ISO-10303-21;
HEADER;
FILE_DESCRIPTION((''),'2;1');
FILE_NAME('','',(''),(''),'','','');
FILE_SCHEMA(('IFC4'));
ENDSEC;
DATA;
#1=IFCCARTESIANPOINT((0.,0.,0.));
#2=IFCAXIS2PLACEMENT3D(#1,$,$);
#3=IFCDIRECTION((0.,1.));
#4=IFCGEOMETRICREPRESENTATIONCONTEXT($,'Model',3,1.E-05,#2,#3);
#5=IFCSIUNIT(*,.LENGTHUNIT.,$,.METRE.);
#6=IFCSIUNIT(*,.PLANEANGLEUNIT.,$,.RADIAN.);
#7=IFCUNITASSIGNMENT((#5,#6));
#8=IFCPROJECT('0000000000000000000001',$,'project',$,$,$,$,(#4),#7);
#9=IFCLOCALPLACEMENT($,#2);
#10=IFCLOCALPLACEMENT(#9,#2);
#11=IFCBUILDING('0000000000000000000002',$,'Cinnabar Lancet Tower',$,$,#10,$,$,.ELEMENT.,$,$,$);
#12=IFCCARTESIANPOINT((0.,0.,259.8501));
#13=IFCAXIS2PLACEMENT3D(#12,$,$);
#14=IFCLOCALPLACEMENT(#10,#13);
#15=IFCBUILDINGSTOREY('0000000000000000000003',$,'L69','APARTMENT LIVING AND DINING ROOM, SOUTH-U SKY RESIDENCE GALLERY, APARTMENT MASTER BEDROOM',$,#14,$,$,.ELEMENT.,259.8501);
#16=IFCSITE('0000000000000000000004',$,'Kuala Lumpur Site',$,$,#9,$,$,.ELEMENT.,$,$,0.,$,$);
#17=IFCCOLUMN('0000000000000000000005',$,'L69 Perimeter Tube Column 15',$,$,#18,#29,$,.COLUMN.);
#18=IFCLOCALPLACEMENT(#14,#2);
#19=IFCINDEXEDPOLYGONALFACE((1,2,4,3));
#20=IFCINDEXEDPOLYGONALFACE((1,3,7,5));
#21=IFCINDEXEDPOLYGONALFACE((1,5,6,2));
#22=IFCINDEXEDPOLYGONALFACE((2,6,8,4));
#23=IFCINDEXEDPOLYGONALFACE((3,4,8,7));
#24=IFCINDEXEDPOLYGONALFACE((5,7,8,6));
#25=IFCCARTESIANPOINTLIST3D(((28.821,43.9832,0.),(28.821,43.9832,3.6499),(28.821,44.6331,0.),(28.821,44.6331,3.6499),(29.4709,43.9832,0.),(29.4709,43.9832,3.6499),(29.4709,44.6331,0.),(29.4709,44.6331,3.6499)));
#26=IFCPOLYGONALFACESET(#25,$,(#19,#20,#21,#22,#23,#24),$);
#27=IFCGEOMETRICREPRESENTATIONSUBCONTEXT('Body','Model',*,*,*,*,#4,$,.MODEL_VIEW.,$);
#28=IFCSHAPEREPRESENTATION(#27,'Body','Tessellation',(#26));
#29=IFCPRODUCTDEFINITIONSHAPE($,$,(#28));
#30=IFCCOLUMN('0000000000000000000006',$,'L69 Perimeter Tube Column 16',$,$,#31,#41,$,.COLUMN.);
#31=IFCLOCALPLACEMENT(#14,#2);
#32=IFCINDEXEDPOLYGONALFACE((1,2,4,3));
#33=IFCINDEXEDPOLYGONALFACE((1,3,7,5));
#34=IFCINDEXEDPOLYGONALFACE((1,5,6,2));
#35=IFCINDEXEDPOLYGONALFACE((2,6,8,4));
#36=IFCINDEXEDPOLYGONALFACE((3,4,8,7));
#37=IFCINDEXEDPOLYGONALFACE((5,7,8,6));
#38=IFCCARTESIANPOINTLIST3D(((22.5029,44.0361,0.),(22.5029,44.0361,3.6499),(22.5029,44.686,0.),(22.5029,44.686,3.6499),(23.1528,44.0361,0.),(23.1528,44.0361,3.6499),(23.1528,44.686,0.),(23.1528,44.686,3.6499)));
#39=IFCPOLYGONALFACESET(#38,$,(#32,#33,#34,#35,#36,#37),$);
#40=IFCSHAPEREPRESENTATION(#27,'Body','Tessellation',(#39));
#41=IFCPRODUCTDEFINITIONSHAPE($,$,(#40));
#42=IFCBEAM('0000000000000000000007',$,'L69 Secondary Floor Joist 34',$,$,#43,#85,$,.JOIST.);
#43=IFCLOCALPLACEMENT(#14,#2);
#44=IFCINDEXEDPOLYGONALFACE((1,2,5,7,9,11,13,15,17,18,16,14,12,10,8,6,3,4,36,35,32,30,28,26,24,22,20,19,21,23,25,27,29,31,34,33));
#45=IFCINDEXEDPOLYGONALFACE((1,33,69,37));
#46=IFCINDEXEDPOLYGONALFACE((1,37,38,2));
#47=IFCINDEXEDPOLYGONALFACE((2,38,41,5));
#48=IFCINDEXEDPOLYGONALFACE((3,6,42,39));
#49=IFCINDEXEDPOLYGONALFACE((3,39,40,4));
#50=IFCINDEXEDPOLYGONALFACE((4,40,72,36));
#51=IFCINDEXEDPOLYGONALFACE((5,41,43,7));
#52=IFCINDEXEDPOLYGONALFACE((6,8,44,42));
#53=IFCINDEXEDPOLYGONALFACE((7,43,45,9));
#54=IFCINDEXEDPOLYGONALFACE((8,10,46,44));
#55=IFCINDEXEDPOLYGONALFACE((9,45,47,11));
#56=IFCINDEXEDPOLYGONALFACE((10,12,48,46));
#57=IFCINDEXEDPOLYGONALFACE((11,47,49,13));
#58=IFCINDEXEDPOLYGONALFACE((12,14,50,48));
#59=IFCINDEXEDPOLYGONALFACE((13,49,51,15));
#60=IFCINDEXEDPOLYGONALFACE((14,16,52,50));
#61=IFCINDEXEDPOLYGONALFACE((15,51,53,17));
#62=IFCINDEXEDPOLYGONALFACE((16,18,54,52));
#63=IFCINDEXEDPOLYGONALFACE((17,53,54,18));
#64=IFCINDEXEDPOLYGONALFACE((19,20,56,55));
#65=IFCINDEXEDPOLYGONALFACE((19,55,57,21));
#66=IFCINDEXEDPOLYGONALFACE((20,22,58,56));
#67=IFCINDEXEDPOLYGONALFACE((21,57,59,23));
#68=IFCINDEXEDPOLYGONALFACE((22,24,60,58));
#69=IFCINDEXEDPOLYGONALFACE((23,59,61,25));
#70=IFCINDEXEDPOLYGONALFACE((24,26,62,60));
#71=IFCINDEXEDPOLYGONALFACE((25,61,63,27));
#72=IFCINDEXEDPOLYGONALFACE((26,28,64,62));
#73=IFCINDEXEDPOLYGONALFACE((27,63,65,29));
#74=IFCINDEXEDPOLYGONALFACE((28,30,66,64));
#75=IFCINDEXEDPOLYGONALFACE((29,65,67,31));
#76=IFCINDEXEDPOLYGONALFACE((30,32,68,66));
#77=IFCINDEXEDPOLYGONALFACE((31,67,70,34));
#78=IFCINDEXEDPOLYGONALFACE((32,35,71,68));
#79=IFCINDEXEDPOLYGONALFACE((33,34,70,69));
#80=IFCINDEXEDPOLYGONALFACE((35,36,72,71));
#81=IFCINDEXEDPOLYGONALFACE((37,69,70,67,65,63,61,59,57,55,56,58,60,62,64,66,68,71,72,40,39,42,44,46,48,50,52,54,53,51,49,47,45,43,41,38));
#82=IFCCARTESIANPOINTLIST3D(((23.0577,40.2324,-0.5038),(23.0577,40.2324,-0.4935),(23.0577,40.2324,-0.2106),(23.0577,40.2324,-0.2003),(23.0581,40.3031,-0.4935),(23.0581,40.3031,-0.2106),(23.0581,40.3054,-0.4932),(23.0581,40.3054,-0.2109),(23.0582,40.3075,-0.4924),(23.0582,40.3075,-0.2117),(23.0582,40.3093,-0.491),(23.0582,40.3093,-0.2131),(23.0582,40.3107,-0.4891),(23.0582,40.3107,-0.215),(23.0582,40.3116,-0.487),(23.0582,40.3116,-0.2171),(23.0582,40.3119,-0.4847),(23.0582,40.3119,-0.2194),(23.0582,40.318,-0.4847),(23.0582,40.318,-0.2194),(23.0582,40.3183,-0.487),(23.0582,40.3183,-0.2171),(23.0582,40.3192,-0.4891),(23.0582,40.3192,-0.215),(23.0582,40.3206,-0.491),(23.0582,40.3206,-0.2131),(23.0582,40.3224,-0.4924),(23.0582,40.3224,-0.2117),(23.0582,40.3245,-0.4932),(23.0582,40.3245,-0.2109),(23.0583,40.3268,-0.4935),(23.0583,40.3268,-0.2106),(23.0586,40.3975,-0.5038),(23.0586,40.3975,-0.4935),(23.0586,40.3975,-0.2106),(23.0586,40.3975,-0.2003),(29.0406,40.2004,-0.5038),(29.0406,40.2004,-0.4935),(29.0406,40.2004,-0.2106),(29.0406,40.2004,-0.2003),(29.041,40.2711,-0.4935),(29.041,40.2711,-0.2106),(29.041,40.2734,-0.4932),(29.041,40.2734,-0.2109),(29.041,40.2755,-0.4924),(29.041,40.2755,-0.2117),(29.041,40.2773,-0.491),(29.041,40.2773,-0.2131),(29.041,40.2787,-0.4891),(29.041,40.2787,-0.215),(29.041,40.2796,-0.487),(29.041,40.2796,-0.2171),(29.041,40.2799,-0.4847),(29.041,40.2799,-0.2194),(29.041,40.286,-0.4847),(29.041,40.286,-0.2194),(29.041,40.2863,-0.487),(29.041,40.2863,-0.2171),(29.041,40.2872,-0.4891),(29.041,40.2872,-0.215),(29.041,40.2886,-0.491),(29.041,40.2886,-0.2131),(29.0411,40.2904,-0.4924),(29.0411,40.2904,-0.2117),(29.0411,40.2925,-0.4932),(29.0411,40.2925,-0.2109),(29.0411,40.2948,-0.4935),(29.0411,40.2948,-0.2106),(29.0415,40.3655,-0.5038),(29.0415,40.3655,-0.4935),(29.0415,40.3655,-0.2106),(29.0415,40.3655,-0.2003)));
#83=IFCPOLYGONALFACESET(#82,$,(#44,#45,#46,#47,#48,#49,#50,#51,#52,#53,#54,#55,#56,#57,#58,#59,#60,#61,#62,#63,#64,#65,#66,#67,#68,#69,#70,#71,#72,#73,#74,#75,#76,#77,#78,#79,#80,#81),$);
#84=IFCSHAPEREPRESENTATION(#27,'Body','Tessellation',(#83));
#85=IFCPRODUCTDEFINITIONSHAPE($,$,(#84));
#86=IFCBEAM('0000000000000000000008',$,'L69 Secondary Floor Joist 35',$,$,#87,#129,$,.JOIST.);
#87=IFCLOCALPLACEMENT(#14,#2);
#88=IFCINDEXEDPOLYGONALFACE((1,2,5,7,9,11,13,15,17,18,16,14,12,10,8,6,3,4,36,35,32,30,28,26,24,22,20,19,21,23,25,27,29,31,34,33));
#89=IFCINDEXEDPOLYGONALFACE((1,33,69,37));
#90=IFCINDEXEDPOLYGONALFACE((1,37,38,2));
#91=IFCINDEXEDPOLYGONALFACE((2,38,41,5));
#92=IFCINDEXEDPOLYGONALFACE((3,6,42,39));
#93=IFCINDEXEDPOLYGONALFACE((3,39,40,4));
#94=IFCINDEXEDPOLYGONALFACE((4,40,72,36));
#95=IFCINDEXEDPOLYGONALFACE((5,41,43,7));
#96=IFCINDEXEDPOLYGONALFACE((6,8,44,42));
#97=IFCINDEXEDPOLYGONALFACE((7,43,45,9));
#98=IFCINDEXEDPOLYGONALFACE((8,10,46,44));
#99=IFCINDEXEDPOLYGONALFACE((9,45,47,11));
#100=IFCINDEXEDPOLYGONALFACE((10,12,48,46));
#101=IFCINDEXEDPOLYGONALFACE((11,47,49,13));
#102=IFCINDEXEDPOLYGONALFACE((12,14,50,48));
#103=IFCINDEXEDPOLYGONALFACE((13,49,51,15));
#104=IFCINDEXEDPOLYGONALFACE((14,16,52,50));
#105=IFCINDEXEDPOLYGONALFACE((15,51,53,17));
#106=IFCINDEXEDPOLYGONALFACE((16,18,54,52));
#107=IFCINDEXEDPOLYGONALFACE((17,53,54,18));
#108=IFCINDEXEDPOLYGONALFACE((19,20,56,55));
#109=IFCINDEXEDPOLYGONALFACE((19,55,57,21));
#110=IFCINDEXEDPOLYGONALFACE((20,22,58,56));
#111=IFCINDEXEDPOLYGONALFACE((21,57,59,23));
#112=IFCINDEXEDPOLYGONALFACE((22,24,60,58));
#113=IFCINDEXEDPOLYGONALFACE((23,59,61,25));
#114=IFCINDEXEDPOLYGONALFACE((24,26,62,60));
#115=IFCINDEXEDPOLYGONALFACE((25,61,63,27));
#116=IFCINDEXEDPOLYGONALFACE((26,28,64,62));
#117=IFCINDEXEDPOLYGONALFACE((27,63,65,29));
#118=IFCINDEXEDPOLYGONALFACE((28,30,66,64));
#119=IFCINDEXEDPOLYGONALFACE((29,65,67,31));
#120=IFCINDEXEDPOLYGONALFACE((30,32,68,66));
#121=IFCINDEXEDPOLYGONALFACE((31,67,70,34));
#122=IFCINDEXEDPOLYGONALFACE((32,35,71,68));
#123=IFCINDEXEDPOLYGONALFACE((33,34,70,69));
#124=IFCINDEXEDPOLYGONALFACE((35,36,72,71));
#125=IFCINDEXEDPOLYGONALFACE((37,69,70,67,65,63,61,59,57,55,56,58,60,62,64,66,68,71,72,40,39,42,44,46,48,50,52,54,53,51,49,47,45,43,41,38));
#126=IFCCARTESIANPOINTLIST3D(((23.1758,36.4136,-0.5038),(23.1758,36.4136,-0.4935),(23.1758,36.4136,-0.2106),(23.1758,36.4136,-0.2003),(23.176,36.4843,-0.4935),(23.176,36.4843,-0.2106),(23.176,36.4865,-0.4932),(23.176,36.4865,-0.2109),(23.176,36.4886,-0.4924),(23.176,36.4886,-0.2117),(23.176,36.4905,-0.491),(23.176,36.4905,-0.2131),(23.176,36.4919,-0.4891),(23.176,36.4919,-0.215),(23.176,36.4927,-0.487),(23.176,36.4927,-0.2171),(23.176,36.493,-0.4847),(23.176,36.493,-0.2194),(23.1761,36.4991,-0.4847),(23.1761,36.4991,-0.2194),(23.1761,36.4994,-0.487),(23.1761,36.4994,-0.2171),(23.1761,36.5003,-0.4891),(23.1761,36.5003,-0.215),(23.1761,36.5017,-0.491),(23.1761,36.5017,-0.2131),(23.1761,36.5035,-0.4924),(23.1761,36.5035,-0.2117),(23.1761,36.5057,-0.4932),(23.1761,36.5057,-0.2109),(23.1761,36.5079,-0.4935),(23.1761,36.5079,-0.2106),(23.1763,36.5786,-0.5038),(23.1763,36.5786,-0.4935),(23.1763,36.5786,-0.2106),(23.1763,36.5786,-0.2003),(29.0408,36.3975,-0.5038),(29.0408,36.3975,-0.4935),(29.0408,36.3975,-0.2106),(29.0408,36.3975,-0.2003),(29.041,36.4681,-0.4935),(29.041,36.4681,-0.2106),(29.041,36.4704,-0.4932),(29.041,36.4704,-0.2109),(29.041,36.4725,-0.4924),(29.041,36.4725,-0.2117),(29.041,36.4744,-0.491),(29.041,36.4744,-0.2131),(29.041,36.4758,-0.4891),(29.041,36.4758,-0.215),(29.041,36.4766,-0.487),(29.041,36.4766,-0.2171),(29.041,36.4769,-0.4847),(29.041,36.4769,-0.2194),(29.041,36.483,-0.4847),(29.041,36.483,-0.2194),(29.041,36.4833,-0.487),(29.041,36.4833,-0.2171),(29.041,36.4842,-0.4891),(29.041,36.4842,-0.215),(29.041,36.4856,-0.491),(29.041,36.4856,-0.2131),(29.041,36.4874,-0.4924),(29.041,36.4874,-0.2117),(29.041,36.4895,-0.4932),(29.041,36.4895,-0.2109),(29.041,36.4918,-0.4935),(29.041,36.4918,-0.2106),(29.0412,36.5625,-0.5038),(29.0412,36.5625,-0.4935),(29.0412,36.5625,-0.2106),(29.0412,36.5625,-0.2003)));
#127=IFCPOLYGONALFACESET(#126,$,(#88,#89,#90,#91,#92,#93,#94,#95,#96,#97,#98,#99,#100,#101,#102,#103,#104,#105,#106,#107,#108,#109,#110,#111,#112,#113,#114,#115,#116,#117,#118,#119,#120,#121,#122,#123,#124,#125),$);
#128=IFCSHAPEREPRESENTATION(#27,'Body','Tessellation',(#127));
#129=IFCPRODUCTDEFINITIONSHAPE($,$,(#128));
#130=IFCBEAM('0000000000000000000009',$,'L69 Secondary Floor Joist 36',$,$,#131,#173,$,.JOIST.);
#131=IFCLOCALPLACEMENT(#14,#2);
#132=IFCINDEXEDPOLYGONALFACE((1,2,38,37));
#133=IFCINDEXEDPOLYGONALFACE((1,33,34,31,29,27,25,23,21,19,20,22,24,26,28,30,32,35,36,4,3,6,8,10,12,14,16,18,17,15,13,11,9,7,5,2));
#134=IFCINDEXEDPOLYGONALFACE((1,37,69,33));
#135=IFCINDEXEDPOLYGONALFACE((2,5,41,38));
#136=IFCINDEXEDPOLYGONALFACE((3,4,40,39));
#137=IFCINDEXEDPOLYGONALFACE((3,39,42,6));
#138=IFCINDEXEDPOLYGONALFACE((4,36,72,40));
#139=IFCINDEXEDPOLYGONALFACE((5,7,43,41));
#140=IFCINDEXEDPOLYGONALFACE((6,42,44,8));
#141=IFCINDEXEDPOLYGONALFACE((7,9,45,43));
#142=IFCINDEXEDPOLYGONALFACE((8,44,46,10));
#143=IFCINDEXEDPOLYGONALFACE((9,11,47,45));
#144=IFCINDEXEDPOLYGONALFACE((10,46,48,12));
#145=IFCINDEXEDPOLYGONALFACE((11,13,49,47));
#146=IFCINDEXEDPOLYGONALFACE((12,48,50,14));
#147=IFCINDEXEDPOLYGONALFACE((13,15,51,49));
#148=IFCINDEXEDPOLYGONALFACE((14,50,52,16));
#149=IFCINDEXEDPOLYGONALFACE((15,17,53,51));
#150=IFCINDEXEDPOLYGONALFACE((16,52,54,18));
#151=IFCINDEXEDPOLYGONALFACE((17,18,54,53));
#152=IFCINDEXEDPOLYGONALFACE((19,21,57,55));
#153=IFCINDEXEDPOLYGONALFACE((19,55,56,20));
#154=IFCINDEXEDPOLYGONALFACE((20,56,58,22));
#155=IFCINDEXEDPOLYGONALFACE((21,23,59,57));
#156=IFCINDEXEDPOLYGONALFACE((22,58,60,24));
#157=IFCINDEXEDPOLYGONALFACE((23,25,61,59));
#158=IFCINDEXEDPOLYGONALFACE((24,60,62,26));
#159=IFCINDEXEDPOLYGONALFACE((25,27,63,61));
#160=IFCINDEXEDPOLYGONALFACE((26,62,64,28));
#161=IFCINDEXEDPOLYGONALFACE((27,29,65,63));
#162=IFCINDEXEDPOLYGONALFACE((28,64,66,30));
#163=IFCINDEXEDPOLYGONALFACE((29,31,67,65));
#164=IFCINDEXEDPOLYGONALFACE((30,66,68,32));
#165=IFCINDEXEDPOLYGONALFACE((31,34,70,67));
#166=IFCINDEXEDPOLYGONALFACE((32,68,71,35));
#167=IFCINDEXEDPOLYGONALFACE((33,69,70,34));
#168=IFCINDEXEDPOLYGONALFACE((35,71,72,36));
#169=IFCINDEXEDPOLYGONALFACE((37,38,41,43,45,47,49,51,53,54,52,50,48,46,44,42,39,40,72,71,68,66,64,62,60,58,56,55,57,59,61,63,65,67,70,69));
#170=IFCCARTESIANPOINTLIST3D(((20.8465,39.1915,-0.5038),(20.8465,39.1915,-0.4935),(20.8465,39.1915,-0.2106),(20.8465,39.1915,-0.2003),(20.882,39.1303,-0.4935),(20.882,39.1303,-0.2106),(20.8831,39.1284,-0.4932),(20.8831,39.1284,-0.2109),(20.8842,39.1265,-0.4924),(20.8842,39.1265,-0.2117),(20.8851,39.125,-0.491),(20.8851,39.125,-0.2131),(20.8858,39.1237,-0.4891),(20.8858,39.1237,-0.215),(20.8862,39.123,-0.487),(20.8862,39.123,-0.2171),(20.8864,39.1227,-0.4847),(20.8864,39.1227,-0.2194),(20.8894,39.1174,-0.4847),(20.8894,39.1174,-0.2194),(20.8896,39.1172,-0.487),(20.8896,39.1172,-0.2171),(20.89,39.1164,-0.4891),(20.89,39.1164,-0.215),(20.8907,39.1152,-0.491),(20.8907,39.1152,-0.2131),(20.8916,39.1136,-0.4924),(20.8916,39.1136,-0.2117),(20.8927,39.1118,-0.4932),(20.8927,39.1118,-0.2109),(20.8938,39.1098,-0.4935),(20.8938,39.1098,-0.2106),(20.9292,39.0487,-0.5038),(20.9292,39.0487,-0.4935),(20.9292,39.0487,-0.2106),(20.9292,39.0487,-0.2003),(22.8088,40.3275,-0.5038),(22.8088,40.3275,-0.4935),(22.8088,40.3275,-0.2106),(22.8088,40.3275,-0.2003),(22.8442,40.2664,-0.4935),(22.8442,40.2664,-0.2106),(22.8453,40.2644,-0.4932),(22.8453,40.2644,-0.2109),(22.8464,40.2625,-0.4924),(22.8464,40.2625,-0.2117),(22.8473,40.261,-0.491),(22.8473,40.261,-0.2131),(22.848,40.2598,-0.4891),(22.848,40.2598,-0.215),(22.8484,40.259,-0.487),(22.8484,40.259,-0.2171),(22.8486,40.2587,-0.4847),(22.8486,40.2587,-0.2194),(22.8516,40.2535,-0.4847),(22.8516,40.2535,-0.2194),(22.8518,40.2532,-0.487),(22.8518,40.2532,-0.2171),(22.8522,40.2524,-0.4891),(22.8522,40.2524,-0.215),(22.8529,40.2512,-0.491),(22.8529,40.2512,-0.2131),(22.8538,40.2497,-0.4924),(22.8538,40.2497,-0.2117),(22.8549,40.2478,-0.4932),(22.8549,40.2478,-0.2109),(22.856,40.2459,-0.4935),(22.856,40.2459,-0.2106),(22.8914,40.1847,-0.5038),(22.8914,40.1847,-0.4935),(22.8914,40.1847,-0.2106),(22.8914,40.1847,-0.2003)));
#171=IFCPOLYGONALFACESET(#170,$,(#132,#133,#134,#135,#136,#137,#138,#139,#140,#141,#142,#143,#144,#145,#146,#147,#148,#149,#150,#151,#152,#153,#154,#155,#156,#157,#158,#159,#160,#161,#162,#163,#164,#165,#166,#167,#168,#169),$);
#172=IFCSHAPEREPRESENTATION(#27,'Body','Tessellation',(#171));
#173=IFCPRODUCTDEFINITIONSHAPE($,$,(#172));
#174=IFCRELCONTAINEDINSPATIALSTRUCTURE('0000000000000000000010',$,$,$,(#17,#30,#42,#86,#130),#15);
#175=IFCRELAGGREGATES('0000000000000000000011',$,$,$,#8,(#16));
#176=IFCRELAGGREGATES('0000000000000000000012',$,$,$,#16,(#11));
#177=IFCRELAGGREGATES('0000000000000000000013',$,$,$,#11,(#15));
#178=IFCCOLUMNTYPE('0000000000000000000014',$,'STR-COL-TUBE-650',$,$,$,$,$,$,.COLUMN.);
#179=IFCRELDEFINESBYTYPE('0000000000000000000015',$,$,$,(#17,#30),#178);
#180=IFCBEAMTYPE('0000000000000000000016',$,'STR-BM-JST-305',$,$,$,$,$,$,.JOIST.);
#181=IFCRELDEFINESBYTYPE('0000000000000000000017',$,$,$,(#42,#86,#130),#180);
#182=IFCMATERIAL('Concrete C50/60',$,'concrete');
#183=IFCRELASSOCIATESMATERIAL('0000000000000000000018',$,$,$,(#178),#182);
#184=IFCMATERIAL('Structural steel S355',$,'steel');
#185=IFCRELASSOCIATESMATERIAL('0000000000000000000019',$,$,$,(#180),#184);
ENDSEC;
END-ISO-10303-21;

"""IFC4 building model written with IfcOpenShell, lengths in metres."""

from ifc_helpers import new_model, si_unit, direction, frame, origin, origin_2d, place, context, subcontext, project, spatial, rectangle, i_section, extrude, material, material_profile, profile_set, type_object, element, save


model = new_model("IFC4")

# Units and contexts
model_context = context("Model", 3, precision=1e-05, world=origin(), true_north=direction((0.0, 1.0)))
body_context = subcontext(model_context, "Body", "Model", "MODEL_VIEW")
ifc_project = project(units=[si_unit("LENGTHUNIT", "METRE"), si_unit("PLANEANGLEUNIT", "RADIAN")], contexts=[model_context])

# Site, building, storey
site_placement = place(None, origin())
site = spatial("IfcSite", under=ifc_project, at=site_placement, Name="Kuala Lumpur Site", CompositionType="ELEMENT", RefElevation=0.0)
building_placement = place(site_placement, origin())
building = spatial("IfcBuilding", under=site, at=building_placement, Name="Cinnabar Lancet Tower", CompositionType="ELEMENT")
storey_placement = place(building_placement, frame((0.0, 0.0, 259.8501)))
storey = spatial("IfcBuildingStorey", under=building, at=storey_placement, Name="L69", Description="APARTMENT LIVING AND DINING ROOM, SOUTH-U SKY RESIDENCE GALLERY, APARTMENT MASTER BEDROOM", CompositionType="ELEMENT", Elevation=259.8501)

# Columns
ifc_material_1 = material(Name="Concrete C50/60", Category="concrete")
ifc_material_profile_1 = material_profile(ifc_material_1, rectangle(XDim=0.6499, YDim=0.6499, at=origin_2d()), Name="RC-COL 650x650")
ifc_profile_set_1 = profile_set([ifc_material_profile_1], Name="Concrete C50/60")
column_type = type_object("IfcColumnType", Name="STR-COL-TUBE-650", PredefinedType="COLUMN", material=ifc_profile_set_1)
for number, where, z_axis, x_axis, name in (
    (1, (29.146, 44.3081, 0.0), (0.0, 0.0, 1.0), (1.0, 0.0, 0.0), "L69 Perimeter Tube Column 15"),
    (2, (22.8279, 44.3611, 0.0), (0.0, 0.0, 1.0), (1.0, 0.0, 0.0), "L69 Perimeter Tube Column 16"),
):
    element("IfcColumn", number, at=place(storey_placement, frame(where, z_axis=z_axis, x_axis=x_axis)), inside=storey, type_object=column_type, Name=name, PredefinedType="COLUMN", context=body_context, shape_type="SweptSolid", body=[
        extrude(rectangle(XDim=0.6499, YDim=0.6499, at=origin_2d()), origin(), (0.0, 0.0, 1.0), 3.6499),
    ])

# Beams
ifc_material_2 = material(Name="Structural steel S355", Category="steel")
ifc_material_profile_2 = material_profile(ifc_material_2, i_section(OverallWidth=0.165, OverallDepth=0.3035, WebThickness=0.0061, FlangeThickness=0.0103, FilletRadius=0.0088, at=origin_2d()), Name="UKB 305x165x40")
ifc_profile_set_2 = profile_set([ifc_material_profile_2], Name="Structural steel S355")
beam_type_1 = type_object("IfcBeamType", Name="STR-BM-JST-305", PredefinedType="JOIST", material=ifc_profile_set_2)
beam_1_placement = place(storey_placement, frame((29.041, 40.283, -0.3521), z_axis=(-0.999986, 0.005346, 0.0), x_axis=(-0.005346, -0.999986, 0.0)))
element("IfcBeam", 3, at=beam_1_placement, inside=storey, type_object=beam_type_1, Name="L69 Secondary Floor Joist 34", PredefinedType="JOIST", context=body_context, shape_type="SweptSolid", body=[
    extrude(i_section(OverallWidth=0.165, OverallDepth=0.3035, WebThickness=0.0061, FlangeThickness=0.0103, FilletRadius=0.0088, at=origin_2d()), origin(), (0.0, 0.0, 1.0), 5.9829),
])
beam_2_placement = place(storey_placement, frame((29.041, 36.48, -0.3521), z_axis=(-0.999996, 0.002747, 0.0), x_axis=(-0.002747, -0.999996, 0.0)))
element("IfcBeam", 4, at=beam_2_placement, inside=storey, type_object=beam_type_1, Name="L69 Secondary Floor Joist 35", PredefinedType="JOIST", context=body_context, shape_type="SweptSolid", body=[
    extrude(i_section(OverallWidth=0.165, OverallDepth=0.3035, WebThickness=0.0061, FlangeThickness=0.0103, FilletRadius=0.0088, at=origin_2d()), origin(), (0.0, 0.0, 1.0), 5.865),
])
beam_3_placement = place(storey_placement, frame((22.8501, 40.2561, -0.3521), z_axis=(-0.865426, -0.501036, 0.0), x_axis=(0.501036, -0.865426, 0.0)))
element("IfcBeam", 5, at=beam_3_placement, inside=storey, type_object=beam_type_1, Name="L69 Secondary Floor Joist 36", PredefinedType="JOIST", context=body_context, shape_type="SweptSolid", body=[
    extrude(i_section(OverallWidth=0.165, OverallDepth=0.3035, WebThickness=0.0061, FlangeThickness=0.0103, FilletRadius=0.0088, at=origin_2d()), origin(), (0.0, 0.0, 1.0), 2.2673),
])

save(model, "model.ifc")
